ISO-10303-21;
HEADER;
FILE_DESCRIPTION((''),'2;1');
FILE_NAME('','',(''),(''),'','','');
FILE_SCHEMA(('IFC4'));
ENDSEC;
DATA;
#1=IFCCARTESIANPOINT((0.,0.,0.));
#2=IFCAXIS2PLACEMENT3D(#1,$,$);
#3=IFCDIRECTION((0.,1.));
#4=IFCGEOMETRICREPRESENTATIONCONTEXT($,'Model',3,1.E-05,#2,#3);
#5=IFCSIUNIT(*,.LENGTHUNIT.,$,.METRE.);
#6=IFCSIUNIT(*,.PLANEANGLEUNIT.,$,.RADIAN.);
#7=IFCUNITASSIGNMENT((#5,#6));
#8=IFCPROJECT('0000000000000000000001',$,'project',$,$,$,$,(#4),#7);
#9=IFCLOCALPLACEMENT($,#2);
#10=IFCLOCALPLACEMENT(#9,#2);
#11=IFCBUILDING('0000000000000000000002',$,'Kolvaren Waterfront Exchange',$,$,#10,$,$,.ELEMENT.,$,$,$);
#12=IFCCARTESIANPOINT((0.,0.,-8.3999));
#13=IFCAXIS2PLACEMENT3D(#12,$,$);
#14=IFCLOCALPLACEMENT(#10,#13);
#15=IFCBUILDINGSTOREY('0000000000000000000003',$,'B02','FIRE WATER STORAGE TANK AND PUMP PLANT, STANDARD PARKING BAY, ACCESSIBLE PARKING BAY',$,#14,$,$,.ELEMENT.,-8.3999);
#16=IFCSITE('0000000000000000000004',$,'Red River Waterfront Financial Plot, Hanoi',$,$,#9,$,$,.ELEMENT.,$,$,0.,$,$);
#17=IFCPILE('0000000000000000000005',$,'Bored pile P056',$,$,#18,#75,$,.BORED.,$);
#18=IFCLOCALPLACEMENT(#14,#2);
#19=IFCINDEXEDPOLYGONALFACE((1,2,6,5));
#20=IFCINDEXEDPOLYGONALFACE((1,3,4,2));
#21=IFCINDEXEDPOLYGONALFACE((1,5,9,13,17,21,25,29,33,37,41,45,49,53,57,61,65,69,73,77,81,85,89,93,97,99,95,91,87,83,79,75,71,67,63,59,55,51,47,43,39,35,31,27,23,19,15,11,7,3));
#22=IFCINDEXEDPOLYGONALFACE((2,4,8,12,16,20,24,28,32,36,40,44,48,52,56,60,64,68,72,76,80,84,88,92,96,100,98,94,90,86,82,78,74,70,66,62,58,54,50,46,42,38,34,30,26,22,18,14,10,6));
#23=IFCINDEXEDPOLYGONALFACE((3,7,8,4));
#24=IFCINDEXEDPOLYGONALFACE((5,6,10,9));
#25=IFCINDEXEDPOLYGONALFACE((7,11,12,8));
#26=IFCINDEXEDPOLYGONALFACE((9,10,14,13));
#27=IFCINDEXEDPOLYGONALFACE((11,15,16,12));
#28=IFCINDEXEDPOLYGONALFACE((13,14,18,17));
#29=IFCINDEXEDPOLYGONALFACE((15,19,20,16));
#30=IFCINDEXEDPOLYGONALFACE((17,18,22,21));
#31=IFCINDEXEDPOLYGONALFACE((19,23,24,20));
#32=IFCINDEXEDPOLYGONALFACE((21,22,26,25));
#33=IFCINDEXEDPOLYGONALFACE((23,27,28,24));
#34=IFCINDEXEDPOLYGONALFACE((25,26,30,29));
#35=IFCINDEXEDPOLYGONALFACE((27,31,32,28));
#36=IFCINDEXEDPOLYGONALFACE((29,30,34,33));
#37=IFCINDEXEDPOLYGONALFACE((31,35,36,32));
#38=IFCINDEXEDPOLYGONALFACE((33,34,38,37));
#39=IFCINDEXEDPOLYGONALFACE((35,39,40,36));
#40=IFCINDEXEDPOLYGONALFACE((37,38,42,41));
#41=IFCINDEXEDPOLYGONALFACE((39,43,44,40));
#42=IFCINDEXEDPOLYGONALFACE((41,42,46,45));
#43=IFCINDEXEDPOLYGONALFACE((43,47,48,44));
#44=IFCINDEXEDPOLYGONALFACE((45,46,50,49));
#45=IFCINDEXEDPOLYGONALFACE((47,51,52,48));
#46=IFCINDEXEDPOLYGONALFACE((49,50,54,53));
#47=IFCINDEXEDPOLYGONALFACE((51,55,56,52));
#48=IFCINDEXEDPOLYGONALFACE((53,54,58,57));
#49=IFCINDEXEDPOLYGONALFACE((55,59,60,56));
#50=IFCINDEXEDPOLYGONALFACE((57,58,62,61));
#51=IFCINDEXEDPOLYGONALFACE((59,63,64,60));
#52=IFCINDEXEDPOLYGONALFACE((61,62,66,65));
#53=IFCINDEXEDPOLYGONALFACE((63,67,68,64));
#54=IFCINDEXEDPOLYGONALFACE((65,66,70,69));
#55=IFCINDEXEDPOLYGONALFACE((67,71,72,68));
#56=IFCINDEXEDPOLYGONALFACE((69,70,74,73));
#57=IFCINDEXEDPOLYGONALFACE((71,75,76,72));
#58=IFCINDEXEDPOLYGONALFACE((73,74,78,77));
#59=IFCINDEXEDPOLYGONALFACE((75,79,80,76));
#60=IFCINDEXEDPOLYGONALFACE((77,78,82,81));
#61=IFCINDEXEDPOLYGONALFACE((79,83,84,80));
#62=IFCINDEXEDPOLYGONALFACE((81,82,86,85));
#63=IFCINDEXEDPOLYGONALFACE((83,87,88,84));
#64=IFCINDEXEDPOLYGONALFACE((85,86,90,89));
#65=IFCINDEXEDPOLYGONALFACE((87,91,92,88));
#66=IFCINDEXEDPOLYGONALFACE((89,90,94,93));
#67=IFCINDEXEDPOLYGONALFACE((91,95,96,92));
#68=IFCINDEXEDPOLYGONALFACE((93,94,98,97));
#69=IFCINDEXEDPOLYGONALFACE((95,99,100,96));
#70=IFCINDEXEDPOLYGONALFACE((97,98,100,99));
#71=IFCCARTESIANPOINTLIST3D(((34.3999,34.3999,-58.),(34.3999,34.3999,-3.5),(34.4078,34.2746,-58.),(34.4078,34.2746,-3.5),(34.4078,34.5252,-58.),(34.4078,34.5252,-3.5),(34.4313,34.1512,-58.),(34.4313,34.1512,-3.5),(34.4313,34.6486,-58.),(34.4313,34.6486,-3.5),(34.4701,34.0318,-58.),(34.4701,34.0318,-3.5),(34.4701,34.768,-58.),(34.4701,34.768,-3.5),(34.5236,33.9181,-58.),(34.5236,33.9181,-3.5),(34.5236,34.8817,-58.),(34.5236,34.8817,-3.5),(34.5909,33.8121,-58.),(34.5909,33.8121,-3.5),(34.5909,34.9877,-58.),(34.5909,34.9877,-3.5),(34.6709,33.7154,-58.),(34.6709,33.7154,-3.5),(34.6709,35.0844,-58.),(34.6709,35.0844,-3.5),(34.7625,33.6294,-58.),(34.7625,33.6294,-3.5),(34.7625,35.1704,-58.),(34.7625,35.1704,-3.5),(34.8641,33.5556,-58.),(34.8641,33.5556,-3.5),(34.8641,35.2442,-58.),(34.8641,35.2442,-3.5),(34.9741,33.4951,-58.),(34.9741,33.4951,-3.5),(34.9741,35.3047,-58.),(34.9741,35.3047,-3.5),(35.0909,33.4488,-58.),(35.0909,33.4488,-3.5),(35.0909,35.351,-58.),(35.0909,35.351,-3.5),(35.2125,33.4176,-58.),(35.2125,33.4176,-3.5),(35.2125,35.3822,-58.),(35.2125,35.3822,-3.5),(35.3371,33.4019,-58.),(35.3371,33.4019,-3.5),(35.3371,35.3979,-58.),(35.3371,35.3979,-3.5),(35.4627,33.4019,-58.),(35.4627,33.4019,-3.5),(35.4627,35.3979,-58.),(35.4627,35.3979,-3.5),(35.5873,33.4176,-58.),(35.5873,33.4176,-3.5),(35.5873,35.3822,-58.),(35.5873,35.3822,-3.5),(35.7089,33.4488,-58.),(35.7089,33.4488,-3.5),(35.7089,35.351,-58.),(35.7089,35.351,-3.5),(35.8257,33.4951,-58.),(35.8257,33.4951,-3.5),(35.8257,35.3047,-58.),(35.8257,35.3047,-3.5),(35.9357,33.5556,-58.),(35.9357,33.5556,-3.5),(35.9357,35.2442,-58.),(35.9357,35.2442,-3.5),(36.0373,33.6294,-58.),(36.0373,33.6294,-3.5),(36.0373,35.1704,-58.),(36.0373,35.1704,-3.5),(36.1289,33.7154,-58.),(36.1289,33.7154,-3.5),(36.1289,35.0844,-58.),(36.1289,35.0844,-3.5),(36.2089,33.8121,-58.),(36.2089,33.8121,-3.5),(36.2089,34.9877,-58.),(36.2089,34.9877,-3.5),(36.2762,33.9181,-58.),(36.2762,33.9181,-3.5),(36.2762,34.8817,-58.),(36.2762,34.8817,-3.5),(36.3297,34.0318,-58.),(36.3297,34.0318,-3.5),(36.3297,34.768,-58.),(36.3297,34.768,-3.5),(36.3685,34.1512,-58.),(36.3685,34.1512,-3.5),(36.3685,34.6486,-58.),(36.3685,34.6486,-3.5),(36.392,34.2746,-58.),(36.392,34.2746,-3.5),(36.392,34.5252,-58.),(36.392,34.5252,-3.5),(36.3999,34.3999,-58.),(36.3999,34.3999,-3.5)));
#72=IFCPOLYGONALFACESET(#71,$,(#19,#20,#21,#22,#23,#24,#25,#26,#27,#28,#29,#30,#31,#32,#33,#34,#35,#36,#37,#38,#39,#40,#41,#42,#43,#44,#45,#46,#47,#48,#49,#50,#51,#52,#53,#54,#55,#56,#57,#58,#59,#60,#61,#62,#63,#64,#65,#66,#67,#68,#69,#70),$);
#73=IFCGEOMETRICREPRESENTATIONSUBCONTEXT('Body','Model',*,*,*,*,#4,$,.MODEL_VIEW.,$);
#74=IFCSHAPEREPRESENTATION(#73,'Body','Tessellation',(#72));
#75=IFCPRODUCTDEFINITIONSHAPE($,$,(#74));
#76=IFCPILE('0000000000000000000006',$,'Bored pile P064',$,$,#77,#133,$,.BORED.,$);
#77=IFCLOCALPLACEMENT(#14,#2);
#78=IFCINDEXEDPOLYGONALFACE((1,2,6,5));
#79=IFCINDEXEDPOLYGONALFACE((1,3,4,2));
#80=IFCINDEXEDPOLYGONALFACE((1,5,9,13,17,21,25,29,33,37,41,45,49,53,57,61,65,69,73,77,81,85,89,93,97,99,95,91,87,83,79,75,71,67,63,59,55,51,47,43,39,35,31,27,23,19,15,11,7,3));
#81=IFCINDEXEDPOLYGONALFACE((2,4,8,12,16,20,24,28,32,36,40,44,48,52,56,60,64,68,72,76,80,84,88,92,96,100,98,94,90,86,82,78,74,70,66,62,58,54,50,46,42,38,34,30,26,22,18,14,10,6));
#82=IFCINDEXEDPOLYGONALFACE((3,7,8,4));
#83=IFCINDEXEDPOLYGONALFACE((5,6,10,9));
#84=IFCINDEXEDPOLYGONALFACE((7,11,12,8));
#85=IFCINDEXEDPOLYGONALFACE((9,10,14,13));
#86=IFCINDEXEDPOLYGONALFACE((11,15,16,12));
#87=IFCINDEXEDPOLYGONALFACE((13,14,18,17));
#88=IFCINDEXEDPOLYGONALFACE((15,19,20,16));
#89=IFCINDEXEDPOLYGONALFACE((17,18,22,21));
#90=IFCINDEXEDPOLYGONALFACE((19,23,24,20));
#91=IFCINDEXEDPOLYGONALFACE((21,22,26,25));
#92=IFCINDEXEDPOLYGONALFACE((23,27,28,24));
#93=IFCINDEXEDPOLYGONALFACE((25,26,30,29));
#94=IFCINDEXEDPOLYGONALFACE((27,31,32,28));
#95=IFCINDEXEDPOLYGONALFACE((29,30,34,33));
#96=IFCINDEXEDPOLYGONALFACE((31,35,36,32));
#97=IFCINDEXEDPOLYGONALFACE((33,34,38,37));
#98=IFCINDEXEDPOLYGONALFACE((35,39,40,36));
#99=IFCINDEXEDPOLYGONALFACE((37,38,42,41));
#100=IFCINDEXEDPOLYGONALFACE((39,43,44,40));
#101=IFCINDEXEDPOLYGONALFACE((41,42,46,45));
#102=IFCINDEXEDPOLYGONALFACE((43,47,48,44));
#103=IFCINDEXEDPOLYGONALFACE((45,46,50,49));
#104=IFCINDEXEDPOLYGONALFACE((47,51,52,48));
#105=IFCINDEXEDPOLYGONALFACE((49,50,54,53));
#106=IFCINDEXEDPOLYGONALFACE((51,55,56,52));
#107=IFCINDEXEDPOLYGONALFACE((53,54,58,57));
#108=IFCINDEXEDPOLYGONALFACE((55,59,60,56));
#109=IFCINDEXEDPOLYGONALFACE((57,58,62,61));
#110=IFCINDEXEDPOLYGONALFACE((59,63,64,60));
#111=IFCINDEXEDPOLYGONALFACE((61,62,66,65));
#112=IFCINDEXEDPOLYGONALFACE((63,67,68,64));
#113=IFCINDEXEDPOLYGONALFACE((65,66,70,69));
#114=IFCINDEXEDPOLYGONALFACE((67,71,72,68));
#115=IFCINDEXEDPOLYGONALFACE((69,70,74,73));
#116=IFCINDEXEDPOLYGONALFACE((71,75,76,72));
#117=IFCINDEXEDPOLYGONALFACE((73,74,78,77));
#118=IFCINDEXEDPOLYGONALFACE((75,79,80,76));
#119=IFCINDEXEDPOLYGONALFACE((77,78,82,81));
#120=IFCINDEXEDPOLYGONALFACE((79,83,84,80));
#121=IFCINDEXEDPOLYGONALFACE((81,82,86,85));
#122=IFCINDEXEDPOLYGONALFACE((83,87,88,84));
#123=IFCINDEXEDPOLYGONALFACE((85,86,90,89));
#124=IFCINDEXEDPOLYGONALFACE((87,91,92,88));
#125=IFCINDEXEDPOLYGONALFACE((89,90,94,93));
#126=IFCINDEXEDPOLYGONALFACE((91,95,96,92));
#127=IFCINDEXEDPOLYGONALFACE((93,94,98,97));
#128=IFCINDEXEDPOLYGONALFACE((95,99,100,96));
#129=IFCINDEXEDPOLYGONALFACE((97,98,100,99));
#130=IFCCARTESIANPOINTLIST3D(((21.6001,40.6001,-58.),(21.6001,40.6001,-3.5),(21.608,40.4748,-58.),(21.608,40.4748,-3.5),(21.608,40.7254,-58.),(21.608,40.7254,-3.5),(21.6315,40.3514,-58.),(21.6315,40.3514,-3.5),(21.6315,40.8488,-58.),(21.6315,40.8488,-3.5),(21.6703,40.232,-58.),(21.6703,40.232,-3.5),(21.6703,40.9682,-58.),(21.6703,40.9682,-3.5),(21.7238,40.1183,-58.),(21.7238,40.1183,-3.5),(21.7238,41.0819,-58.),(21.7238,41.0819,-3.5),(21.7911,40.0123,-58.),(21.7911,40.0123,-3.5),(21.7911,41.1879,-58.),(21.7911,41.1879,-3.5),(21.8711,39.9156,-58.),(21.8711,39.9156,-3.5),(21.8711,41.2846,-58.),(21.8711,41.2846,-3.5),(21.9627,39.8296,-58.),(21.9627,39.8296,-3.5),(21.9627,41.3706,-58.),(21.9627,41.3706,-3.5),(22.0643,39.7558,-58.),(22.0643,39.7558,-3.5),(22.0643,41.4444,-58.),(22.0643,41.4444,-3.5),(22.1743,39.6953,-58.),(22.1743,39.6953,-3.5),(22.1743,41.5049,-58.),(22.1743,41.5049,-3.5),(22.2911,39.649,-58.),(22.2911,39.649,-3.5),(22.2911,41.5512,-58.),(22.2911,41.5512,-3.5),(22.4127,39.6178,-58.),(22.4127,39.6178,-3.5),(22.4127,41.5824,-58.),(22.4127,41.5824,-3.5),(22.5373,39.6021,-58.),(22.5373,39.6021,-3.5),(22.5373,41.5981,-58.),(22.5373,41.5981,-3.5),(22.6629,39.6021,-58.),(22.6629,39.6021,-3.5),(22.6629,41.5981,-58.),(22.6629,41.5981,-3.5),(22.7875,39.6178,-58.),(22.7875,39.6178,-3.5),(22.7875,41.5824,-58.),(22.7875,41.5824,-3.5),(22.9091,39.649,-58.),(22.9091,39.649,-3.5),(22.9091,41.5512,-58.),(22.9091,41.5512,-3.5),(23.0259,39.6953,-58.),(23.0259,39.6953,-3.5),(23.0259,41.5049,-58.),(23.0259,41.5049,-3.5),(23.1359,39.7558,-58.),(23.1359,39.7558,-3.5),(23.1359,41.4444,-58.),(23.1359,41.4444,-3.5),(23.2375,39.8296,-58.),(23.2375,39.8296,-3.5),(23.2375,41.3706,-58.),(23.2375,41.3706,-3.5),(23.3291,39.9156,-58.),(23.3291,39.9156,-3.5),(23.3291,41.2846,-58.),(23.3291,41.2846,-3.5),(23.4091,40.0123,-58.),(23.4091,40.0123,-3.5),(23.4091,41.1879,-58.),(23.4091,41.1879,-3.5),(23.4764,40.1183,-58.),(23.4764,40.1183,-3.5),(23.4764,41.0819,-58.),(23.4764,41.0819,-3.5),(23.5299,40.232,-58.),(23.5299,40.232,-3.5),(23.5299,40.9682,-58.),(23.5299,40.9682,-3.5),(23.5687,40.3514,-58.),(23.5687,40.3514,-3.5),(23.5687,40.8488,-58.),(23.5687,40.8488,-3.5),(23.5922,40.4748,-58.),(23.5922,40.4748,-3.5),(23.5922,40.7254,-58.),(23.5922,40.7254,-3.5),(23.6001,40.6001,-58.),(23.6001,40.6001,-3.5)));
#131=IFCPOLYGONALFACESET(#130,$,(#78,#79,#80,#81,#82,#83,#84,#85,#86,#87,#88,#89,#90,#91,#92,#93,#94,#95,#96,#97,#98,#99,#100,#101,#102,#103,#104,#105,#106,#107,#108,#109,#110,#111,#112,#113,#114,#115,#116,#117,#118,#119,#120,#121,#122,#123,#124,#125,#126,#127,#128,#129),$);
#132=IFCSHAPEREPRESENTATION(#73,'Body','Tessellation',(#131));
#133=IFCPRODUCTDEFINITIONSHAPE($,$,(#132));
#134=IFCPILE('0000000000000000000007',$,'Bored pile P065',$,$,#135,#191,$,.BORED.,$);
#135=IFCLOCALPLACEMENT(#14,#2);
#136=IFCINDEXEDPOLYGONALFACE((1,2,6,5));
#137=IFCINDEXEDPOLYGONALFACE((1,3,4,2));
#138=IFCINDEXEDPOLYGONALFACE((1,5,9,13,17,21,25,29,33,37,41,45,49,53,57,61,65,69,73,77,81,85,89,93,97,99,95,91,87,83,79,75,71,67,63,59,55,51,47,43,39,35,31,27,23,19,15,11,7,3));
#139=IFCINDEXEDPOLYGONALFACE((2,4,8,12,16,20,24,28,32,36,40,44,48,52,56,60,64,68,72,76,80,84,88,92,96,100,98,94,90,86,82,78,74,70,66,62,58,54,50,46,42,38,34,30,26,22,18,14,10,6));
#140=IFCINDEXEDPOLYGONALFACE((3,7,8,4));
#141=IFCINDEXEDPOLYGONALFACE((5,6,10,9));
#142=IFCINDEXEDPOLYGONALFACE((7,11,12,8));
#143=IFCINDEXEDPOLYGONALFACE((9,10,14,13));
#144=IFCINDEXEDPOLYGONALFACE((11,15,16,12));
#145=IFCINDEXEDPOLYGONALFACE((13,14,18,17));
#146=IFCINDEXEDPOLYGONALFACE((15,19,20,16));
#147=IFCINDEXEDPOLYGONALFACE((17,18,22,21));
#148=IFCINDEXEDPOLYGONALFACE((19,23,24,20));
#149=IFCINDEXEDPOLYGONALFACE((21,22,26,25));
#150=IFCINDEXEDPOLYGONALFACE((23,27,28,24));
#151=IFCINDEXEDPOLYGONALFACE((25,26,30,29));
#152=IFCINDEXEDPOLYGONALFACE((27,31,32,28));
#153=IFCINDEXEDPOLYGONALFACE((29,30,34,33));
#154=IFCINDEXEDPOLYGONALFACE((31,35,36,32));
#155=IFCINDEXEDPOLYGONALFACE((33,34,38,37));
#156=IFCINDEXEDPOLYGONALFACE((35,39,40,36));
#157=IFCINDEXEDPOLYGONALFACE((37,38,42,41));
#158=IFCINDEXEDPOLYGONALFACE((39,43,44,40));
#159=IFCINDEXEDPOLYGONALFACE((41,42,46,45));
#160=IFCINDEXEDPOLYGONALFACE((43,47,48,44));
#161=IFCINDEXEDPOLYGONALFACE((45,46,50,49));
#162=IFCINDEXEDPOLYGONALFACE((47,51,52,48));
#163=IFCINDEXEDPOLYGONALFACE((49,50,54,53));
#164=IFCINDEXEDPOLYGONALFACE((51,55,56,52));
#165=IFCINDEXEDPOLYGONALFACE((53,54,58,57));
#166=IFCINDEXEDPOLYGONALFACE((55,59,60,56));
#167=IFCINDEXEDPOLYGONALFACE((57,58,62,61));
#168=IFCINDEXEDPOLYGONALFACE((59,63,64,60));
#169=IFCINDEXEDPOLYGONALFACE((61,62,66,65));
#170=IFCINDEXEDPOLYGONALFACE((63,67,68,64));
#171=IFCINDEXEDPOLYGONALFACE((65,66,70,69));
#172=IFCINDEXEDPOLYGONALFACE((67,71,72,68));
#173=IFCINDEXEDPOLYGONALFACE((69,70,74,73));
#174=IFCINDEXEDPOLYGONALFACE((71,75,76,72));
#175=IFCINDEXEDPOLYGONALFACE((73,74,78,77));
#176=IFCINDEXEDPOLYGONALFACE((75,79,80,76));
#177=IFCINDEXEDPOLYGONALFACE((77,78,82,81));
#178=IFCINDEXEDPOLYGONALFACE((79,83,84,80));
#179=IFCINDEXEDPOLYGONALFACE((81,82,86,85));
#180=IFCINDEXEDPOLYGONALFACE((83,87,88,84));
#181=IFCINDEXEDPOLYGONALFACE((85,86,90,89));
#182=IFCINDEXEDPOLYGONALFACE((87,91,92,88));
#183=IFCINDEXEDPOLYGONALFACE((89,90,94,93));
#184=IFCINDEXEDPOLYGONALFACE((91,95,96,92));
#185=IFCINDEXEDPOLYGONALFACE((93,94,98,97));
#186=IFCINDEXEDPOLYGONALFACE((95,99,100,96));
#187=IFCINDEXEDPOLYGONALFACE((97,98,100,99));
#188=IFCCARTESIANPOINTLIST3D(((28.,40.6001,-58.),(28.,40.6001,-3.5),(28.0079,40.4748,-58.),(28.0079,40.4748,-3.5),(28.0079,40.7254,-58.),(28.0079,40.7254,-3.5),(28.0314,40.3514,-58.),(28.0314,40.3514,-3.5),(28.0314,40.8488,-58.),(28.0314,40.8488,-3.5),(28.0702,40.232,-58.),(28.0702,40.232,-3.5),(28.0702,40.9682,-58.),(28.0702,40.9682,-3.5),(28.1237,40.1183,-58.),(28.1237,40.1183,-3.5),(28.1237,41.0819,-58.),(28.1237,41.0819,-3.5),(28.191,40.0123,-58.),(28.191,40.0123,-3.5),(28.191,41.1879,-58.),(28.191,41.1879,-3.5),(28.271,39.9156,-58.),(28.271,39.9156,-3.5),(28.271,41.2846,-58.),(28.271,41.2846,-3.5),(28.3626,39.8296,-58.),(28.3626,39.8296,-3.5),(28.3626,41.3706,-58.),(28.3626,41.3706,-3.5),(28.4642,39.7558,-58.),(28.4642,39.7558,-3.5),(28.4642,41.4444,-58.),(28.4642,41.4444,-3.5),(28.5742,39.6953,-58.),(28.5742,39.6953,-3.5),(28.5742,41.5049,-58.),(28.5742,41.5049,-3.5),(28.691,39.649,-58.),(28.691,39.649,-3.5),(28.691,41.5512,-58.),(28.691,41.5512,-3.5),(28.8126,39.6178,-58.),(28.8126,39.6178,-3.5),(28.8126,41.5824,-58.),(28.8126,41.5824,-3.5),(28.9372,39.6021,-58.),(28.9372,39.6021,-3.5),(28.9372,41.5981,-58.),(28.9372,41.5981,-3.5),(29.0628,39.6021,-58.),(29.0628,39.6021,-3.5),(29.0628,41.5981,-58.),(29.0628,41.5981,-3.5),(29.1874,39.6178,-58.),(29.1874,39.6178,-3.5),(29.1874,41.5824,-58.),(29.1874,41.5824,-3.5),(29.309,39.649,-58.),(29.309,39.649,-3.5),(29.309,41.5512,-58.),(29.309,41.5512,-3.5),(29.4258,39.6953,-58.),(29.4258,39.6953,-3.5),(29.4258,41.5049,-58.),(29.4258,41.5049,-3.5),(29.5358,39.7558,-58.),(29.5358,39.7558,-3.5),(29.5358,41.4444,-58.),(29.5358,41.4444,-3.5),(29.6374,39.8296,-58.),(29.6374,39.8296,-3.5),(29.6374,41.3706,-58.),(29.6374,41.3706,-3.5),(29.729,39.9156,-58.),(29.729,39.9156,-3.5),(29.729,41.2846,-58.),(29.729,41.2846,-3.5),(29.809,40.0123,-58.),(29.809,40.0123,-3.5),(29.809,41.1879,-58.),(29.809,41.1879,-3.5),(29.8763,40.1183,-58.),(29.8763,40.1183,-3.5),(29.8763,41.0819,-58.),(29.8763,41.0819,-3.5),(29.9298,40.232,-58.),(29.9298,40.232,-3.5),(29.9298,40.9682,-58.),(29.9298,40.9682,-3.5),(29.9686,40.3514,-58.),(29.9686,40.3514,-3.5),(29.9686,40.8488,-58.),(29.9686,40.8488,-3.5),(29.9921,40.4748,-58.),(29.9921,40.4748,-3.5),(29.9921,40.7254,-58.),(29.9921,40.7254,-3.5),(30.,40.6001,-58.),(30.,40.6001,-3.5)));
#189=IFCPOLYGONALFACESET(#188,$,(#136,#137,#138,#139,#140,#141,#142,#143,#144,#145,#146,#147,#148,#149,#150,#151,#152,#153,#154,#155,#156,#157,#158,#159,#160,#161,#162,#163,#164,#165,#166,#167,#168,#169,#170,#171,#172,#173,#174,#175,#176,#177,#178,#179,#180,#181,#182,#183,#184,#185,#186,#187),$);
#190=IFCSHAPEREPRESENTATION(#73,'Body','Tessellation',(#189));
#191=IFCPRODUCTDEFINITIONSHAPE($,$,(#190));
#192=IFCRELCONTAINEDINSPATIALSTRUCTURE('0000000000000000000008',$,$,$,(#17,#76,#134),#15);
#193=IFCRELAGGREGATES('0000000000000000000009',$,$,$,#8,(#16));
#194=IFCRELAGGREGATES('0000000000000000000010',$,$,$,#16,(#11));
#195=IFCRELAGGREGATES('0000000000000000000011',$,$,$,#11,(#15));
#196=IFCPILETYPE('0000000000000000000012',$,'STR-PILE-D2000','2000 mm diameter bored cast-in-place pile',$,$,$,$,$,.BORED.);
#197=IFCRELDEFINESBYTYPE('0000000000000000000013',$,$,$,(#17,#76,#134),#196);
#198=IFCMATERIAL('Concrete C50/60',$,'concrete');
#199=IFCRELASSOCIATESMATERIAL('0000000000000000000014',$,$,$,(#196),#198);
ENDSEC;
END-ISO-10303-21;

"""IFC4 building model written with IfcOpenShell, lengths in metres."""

from ifc_helpers import new_model, si_unit, direction, frame, origin, origin_2d, place, context, subcontext, project, spatial, circle, extrude, material, material_profile, profile_set, type_object, element, save


model = new_model("IFC4")

# Units and contexts
model_context = context("Model", 3, precision=1e-05, world=origin(), true_north=direction((0.0, 1.0)))
body_context = subcontext(model_context, "Body", "Model", "MODEL_VIEW")
ifc_project = project(units=[si_unit("LENGTHUNIT", "METRE"), si_unit("PLANEANGLEUNIT", "RADIAN")], contexts=[model_context])

# Site, building, storey
site_placement = place(None, origin())
site = spatial("IfcSite", under=ifc_project, at=site_placement, Name="Red River Waterfront Financial Plot, Hanoi", CompositionType="ELEMENT", RefElevation=0.0)
building_placement = place(site_placement, origin())
building = spatial("IfcBuilding", under=site, at=building_placement, Name="Kolvaren Waterfront Exchange", CompositionType="ELEMENT")
storey_placement = place(building_placement, frame((0.0, 0.0, -8.3999)))
storey = spatial("IfcBuildingStorey", under=building, at=storey_placement, Name="B02", Description="FIRE WATER STORAGE TANK AND PUMP PLANT, STANDARD PARKING BAY, ACCESSIBLE PARKING BAY", CompositionType="ELEMENT", Elevation=-8.3999)

# Piles
ifc_material_1 = material(Name="Concrete C50/60", Category="concrete")
ifc_material_profile_1 = material_profile(ifc_material_1, circle(Radius=1.0, at=origin_2d()), Name="RC-PILE-D2000")
ifc_profile_set_1 = profile_set([ifc_material_profile_1], Name="Concrete C50/60")
pile_type = type_object("IfcPileType", Name="STR-PILE-D2000", Description="2000 mm diameter bored cast-in-place pile", PredefinedType="BORED", material=ifc_profile_set_1)
for number, where, z_axis, x_axis, name in (
    (1, (35.3999, 34.3999, -3.5), (0.0, 0.0, -1.0), (1.0, 0.0, 0.0), "Bored pile P056"),
    (2, (22.6001, 40.6001, -3.5), (0.0, 0.0, -1.0), (1.0, 0.0, 0.0), "Bored pile P064"),
    (3, (29.0, 40.6001, -3.5), (0.0, 0.0, -1.0), (1.0, 0.0, 0.0), "Bored pile P065"),
):
    element("IfcPile", number, at=place(storey_placement, frame(where, z_axis=z_axis, x_axis=x_axis)), inside=storey, type_object=pile_type, Name=name, PredefinedType="BORED", context=body_context, shape_type="SweptSolid", body=[
        extrude(circle(Radius=1.0, at=origin_2d()), origin(), (0.0, 0.0, 1.0), 54.5),
    ])

save(model, "model.ifc")
